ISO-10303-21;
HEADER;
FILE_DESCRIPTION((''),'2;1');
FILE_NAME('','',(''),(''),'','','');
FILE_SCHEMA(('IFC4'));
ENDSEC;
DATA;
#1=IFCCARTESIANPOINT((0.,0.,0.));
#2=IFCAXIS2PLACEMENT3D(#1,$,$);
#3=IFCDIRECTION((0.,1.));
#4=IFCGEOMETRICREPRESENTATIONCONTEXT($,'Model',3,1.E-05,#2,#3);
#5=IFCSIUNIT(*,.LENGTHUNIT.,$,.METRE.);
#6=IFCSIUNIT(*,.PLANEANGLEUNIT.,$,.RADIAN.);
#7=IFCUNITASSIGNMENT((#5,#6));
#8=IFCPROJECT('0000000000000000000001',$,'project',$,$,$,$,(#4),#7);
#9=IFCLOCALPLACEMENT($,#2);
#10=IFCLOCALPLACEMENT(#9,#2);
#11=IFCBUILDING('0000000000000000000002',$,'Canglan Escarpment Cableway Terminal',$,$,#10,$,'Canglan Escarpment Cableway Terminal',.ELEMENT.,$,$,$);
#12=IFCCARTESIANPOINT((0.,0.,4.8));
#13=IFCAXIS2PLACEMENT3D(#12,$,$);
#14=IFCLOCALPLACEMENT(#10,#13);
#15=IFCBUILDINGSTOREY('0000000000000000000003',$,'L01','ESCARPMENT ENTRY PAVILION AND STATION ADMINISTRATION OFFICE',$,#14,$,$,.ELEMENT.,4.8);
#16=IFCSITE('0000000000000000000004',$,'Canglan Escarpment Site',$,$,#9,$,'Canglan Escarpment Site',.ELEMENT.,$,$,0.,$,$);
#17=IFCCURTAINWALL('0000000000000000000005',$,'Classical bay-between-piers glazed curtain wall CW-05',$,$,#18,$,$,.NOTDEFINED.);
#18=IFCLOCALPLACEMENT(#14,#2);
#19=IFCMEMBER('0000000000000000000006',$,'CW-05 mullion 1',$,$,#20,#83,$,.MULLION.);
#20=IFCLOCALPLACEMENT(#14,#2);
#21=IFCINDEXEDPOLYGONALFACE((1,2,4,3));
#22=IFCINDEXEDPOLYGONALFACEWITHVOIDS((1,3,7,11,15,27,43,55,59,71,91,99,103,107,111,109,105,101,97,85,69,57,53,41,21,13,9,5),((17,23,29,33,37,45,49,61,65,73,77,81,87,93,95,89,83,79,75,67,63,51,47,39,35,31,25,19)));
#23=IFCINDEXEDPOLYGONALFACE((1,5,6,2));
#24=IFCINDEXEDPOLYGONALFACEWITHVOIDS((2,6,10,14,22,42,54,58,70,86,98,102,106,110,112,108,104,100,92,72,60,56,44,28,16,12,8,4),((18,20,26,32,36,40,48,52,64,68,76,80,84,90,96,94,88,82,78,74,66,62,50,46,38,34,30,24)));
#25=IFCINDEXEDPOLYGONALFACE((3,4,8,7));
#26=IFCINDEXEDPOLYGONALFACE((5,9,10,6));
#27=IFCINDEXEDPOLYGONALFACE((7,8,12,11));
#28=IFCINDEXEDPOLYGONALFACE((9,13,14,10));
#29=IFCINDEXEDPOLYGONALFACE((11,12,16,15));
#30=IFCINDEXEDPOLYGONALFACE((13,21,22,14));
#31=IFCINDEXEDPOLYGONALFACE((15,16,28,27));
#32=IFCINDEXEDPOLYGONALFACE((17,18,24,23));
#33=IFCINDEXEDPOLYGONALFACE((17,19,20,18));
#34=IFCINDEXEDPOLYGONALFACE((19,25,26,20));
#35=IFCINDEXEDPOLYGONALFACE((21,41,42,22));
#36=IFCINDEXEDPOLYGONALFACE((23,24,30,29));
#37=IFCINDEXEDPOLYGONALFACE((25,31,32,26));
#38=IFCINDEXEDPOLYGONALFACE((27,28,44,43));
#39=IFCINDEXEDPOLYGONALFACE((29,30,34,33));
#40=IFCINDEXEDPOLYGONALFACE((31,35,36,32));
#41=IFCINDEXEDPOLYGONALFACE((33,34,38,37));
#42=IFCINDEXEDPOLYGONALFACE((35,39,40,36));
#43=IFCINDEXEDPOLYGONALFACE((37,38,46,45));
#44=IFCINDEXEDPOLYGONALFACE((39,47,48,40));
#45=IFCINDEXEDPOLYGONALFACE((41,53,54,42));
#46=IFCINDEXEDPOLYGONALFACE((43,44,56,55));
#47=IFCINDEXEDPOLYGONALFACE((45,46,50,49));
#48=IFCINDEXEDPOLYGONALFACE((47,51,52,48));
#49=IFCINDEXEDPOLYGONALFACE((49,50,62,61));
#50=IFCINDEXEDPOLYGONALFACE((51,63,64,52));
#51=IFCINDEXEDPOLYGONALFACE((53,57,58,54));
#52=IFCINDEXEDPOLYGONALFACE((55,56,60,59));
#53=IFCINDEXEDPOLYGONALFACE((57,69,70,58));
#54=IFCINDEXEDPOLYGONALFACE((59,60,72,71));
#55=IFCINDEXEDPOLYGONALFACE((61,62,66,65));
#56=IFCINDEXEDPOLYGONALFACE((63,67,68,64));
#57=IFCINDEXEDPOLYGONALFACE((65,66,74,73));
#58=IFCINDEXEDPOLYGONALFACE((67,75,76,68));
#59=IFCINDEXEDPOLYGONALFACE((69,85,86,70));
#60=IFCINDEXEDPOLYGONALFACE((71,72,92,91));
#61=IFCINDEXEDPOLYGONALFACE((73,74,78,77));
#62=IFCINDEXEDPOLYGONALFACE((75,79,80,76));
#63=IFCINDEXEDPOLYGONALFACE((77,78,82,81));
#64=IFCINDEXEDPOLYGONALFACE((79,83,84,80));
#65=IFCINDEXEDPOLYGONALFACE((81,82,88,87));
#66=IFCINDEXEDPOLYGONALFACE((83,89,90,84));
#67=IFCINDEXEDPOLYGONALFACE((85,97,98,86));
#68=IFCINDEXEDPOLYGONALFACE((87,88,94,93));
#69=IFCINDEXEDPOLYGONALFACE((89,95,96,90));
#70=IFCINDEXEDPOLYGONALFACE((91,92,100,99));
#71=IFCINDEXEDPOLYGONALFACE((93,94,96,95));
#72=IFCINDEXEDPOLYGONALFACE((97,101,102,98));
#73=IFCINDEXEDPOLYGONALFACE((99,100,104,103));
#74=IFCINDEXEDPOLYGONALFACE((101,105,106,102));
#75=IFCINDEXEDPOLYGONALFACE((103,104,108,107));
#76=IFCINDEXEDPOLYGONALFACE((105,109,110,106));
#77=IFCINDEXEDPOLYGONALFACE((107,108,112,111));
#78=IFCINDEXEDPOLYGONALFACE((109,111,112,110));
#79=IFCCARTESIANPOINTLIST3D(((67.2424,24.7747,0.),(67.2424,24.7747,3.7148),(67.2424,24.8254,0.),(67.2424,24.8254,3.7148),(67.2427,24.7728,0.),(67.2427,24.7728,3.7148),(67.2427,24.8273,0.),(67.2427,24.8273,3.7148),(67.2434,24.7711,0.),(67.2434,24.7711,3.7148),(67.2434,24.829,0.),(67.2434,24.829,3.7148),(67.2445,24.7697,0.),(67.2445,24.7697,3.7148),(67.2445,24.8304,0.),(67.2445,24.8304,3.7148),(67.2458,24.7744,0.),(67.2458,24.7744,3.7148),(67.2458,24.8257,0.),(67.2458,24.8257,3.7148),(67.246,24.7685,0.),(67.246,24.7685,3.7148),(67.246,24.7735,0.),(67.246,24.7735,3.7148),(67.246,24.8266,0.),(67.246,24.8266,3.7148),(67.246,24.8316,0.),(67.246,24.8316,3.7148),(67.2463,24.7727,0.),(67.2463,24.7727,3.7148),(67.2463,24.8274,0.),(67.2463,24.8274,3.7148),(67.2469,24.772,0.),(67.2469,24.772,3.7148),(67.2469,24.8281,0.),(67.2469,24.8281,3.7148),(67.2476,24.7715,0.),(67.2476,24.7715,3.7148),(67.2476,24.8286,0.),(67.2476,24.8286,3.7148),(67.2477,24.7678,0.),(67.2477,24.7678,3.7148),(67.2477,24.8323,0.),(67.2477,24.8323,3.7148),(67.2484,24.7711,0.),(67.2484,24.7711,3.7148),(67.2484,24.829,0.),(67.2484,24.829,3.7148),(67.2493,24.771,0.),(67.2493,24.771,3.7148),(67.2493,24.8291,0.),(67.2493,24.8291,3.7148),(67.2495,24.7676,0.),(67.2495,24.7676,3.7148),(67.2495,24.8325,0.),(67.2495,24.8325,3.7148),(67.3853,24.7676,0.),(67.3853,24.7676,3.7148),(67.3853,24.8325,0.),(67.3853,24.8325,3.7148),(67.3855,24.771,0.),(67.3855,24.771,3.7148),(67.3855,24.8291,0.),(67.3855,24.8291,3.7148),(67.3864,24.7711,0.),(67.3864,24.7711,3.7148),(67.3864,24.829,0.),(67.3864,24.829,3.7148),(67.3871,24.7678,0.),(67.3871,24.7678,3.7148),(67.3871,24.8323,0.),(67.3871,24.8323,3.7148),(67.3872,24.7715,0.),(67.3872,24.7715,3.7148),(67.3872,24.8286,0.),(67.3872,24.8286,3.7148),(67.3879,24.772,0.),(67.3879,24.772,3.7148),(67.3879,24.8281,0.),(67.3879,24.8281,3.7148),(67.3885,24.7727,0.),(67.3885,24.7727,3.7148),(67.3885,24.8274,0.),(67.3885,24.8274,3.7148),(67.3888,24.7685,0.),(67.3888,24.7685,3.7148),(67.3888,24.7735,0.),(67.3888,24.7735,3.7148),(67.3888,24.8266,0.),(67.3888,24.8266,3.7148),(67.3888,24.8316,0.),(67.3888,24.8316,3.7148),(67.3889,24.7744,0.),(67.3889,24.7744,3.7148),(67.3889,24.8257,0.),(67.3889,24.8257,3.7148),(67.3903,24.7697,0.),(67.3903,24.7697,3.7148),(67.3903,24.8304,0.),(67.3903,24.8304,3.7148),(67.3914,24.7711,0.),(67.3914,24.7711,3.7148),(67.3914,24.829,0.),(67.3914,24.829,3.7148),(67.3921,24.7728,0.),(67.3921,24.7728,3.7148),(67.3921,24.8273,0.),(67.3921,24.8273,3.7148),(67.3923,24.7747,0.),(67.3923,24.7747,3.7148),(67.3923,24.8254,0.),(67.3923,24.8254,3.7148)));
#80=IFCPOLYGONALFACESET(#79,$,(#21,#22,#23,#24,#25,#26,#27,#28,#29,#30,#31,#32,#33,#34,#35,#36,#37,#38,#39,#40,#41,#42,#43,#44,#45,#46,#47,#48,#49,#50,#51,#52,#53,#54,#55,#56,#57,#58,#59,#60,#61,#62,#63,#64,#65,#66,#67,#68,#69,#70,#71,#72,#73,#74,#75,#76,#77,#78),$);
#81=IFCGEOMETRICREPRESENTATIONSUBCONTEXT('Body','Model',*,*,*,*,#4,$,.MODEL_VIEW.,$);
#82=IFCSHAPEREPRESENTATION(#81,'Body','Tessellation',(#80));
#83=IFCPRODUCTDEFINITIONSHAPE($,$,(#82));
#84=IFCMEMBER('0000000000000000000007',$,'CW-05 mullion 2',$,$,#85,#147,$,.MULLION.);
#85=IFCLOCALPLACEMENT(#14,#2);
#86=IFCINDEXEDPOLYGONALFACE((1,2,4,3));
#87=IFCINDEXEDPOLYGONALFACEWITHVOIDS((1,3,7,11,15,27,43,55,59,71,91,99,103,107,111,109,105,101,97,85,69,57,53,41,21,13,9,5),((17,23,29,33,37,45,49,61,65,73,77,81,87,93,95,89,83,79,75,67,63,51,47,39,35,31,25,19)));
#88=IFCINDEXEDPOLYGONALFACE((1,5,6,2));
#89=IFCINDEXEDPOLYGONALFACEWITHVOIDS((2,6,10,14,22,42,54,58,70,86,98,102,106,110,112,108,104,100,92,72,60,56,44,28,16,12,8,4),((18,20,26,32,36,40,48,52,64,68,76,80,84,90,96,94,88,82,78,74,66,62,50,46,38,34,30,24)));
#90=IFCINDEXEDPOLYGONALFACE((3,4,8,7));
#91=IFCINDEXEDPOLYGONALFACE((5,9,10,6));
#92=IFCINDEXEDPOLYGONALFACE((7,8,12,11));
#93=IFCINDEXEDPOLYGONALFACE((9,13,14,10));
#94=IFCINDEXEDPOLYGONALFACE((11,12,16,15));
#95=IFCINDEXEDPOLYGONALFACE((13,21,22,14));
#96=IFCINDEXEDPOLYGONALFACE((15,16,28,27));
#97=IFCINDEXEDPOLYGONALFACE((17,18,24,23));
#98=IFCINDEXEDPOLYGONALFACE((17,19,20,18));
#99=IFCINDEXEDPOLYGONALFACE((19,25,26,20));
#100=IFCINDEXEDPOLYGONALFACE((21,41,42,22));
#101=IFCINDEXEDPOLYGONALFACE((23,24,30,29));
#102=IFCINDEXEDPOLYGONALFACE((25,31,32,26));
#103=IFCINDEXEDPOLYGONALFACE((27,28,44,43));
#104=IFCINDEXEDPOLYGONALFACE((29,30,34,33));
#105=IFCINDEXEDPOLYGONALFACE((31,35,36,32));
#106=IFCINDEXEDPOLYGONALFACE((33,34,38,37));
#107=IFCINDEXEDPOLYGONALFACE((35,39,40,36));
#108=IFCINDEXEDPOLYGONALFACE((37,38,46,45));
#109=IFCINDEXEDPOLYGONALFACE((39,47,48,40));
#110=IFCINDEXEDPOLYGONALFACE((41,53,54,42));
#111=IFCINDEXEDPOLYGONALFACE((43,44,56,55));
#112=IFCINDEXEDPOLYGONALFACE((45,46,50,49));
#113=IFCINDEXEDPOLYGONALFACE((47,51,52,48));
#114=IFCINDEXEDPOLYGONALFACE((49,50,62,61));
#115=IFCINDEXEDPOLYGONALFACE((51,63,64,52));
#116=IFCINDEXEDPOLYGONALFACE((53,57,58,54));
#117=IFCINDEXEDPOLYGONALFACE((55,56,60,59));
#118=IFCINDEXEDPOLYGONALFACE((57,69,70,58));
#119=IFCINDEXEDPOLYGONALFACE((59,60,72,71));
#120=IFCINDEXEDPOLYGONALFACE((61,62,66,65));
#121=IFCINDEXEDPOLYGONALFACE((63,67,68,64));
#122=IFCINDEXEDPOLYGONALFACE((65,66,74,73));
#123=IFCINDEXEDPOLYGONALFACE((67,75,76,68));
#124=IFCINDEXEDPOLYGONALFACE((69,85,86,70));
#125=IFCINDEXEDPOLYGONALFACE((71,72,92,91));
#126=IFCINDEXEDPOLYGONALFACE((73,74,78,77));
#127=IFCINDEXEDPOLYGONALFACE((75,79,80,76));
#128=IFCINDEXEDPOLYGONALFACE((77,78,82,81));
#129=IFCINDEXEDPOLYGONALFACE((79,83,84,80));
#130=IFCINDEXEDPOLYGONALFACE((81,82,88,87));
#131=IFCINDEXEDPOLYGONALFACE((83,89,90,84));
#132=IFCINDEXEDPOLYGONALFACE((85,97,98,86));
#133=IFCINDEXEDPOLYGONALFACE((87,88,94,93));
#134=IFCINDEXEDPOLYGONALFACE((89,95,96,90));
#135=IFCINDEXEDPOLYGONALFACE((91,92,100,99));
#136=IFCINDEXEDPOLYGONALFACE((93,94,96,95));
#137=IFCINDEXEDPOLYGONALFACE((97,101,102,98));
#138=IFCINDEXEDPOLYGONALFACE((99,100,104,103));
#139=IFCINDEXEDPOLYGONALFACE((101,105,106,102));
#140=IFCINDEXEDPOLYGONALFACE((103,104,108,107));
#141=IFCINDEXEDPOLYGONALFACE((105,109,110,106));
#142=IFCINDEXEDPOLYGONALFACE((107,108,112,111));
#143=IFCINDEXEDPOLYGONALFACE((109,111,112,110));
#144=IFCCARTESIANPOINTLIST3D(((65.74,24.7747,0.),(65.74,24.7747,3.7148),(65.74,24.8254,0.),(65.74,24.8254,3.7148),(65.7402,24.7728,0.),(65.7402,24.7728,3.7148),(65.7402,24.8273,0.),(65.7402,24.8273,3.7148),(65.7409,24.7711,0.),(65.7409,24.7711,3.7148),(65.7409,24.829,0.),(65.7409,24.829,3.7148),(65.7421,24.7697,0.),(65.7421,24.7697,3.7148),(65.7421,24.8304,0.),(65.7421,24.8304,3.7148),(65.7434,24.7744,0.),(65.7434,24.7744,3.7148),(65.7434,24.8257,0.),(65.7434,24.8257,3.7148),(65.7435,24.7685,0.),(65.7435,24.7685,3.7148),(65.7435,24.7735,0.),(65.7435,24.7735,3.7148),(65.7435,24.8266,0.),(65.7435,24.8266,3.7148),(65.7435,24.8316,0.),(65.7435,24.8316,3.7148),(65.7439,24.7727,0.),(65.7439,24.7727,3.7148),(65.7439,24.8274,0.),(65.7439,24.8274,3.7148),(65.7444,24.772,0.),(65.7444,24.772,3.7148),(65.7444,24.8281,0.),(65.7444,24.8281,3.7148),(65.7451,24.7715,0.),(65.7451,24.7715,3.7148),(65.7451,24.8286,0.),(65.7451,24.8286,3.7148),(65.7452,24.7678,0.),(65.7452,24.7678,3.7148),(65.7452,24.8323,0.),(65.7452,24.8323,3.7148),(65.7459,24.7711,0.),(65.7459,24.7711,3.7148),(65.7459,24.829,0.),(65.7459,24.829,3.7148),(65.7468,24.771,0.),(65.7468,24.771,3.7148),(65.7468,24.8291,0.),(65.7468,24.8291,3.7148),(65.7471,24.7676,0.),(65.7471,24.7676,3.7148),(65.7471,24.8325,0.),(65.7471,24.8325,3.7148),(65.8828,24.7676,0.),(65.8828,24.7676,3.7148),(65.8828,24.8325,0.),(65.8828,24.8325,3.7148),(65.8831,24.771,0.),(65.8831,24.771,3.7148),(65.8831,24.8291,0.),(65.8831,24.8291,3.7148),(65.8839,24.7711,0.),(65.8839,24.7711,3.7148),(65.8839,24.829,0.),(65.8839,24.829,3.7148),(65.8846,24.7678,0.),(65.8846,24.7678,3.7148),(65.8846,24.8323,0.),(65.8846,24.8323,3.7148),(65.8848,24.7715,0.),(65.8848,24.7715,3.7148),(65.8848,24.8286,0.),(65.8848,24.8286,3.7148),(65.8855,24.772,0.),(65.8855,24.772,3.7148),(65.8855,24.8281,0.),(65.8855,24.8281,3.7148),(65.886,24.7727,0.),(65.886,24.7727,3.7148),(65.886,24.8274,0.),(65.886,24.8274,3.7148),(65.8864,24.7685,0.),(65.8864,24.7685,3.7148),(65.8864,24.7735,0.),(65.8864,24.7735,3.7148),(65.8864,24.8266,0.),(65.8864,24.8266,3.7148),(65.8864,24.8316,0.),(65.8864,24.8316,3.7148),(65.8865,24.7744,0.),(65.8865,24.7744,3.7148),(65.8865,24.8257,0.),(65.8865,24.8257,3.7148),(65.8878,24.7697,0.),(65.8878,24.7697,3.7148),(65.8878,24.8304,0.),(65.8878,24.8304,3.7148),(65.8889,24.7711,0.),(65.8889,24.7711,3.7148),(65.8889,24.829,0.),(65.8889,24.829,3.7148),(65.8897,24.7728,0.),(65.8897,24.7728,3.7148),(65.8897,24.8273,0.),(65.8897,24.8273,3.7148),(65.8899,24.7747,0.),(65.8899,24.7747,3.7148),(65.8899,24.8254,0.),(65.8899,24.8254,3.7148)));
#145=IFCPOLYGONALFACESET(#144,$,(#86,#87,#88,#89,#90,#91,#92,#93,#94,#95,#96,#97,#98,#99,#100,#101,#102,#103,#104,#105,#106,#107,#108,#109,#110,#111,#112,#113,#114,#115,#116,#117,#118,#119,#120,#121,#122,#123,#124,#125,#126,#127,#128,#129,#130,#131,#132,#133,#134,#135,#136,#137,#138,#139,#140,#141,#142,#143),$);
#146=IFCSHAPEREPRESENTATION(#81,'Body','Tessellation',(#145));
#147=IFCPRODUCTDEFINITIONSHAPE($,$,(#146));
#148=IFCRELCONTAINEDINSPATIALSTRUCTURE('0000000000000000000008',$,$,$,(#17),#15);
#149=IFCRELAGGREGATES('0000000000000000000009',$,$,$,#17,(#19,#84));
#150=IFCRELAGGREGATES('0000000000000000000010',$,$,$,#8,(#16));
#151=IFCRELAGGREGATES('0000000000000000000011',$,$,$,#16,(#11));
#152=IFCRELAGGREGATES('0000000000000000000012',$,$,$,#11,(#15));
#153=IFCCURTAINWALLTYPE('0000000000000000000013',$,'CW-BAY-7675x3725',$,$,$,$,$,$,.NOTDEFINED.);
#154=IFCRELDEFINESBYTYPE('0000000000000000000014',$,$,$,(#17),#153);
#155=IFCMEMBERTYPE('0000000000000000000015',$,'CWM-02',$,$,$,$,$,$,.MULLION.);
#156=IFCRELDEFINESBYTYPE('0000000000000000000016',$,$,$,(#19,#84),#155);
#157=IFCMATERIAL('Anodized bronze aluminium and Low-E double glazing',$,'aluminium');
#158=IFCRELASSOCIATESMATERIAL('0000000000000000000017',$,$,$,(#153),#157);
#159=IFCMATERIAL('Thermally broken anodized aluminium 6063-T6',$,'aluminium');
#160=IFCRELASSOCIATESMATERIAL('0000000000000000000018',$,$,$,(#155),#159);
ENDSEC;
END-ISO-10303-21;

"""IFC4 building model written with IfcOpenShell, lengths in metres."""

from ifc_helpers import new_model, si_unit, direction, frame, origin, origin_2d, place, context, subcontext, project, spatial, hollow_rectangle, extrude, material, material_profile, profile_set, type_object, element, aggregate, save


model = new_model("IFC4")

# Units and contexts
model_context = context("Model", 3, precision=1e-05, world=origin(), true_north=direction((0.0, 1.0)))
body_context = subcontext(model_context, "Body", "Model", "MODEL_VIEW")
ifc_project = project(units=[si_unit("LENGTHUNIT", "METRE"), si_unit("PLANEANGLEUNIT", "RADIAN")], contexts=[model_context])

# Site, building, storey
site_placement = place(None, origin())
site = spatial("IfcSite", under=ifc_project, at=site_placement, Name="Canglan Escarpment Site", LongName="Canglan Escarpment Site", CompositionType="ELEMENT", RefElevation=0.0)
building_placement = place(site_placement, origin())
building = spatial("IfcBuilding", under=site, at=building_placement, Name="Canglan Escarpment Cableway Terminal", LongName="Canglan Escarpment Cableway Terminal", CompositionType="ELEMENT")
storey_placement = place(building_placement, frame((0.0, 0.0, 4.8)))
storey = spatial("IfcBuildingStorey", under=building, at=storey_placement, Name="L01", Description="ESCARPMENT ENTRY PAVILION AND STATION ADMINISTRATION OFFICE", CompositionType="ELEMENT", Elevation=4.8)

# Curtain wall, members
ifc_material_1 = material(Name="Anodized bronze aluminium and Low-E double glazing", Category="aluminium")
curtain_wall_type = type_object("IfcCurtainWallType", Name="CW-BAY-7675x3725", PredefinedType="NOTDEFINED", material=ifc_material_1)
curtain_wall_placement = place(storey_placement, origin())
curtain_wall = element("IfcCurtainWall", 1, at=curtain_wall_placement, inside=storey, type_object=curtain_wall_type, Name="Classical bay-between-piers glazed curtain wall CW-05", PredefinedType="NOTDEFINED")
ifc_material_2 = material(Name="Thermally broken anodized aluminium 6063-T6", Category="aluminium")
ifc_material_profile_1 = material_profile(ifc_material_2, hollow_rectangle(XDim=0.0649, YDim=0.1499, WallThickness=0.0034, InnerFilletRadius=0.0034, OuterFilletRadius=0.0071, at=origin_2d()), Name="ALU-MULL 65x150x3.5")
ifc_profile_set_1 = profile_set([ifc_material_profile_1], Name="Thermally broken anodized aluminium 6063-T6")
member_type_1 = type_object("IfcMemberType", Name="CWM-02", PredefinedType="MULLION", material=ifc_profile_set_1)
member_1_placement = place(storey_placement, frame((67.3174, 24.8, 0.0), z_axis=(0.0, 0.0, 1.0), x_axis=(0.0, -1.0, 0.0)))
member_1 = element("IfcMember", 2, at=member_1_placement, type_object=member_type_1, Name="CW-05 mullion 1", PredefinedType="MULLION", context=body_context, shape_type="SweptSolid", body=[
    extrude(hollow_rectangle(XDim=0.0649, YDim=0.1499, WallThickness=0.0034, InnerFilletRadius=0.0034, OuterFilletRadius=0.0071, at=origin_2d()), origin(), (0.0, 0.0, 1.0), 3.7148),
])
member_2_placement = place(storey_placement, frame((65.8149, 24.8, 0.0), z_axis=(0.0, 0.0, 1.0), x_axis=(0.0, -1.0, 0.0)))
member_2 = element("IfcMember", 3, at=member_2_placement, type_object=member_type_1, Name="CW-05 mullion 2", PredefinedType="MULLION", context=body_context, shape_type="SweptSolid", body=[
    extrude(hollow_rectangle(XDim=0.0649, YDim=0.1499, WallThickness=0.0034, InnerFilletRadius=0.0034, OuterFilletRadius=0.0071, at=origin_2d()), origin(), (0.0, 0.0, 1.0), 3.7148),
])
aggregate(curtain_wall, [member_1, member_2])

save(model, "model.ifc")
